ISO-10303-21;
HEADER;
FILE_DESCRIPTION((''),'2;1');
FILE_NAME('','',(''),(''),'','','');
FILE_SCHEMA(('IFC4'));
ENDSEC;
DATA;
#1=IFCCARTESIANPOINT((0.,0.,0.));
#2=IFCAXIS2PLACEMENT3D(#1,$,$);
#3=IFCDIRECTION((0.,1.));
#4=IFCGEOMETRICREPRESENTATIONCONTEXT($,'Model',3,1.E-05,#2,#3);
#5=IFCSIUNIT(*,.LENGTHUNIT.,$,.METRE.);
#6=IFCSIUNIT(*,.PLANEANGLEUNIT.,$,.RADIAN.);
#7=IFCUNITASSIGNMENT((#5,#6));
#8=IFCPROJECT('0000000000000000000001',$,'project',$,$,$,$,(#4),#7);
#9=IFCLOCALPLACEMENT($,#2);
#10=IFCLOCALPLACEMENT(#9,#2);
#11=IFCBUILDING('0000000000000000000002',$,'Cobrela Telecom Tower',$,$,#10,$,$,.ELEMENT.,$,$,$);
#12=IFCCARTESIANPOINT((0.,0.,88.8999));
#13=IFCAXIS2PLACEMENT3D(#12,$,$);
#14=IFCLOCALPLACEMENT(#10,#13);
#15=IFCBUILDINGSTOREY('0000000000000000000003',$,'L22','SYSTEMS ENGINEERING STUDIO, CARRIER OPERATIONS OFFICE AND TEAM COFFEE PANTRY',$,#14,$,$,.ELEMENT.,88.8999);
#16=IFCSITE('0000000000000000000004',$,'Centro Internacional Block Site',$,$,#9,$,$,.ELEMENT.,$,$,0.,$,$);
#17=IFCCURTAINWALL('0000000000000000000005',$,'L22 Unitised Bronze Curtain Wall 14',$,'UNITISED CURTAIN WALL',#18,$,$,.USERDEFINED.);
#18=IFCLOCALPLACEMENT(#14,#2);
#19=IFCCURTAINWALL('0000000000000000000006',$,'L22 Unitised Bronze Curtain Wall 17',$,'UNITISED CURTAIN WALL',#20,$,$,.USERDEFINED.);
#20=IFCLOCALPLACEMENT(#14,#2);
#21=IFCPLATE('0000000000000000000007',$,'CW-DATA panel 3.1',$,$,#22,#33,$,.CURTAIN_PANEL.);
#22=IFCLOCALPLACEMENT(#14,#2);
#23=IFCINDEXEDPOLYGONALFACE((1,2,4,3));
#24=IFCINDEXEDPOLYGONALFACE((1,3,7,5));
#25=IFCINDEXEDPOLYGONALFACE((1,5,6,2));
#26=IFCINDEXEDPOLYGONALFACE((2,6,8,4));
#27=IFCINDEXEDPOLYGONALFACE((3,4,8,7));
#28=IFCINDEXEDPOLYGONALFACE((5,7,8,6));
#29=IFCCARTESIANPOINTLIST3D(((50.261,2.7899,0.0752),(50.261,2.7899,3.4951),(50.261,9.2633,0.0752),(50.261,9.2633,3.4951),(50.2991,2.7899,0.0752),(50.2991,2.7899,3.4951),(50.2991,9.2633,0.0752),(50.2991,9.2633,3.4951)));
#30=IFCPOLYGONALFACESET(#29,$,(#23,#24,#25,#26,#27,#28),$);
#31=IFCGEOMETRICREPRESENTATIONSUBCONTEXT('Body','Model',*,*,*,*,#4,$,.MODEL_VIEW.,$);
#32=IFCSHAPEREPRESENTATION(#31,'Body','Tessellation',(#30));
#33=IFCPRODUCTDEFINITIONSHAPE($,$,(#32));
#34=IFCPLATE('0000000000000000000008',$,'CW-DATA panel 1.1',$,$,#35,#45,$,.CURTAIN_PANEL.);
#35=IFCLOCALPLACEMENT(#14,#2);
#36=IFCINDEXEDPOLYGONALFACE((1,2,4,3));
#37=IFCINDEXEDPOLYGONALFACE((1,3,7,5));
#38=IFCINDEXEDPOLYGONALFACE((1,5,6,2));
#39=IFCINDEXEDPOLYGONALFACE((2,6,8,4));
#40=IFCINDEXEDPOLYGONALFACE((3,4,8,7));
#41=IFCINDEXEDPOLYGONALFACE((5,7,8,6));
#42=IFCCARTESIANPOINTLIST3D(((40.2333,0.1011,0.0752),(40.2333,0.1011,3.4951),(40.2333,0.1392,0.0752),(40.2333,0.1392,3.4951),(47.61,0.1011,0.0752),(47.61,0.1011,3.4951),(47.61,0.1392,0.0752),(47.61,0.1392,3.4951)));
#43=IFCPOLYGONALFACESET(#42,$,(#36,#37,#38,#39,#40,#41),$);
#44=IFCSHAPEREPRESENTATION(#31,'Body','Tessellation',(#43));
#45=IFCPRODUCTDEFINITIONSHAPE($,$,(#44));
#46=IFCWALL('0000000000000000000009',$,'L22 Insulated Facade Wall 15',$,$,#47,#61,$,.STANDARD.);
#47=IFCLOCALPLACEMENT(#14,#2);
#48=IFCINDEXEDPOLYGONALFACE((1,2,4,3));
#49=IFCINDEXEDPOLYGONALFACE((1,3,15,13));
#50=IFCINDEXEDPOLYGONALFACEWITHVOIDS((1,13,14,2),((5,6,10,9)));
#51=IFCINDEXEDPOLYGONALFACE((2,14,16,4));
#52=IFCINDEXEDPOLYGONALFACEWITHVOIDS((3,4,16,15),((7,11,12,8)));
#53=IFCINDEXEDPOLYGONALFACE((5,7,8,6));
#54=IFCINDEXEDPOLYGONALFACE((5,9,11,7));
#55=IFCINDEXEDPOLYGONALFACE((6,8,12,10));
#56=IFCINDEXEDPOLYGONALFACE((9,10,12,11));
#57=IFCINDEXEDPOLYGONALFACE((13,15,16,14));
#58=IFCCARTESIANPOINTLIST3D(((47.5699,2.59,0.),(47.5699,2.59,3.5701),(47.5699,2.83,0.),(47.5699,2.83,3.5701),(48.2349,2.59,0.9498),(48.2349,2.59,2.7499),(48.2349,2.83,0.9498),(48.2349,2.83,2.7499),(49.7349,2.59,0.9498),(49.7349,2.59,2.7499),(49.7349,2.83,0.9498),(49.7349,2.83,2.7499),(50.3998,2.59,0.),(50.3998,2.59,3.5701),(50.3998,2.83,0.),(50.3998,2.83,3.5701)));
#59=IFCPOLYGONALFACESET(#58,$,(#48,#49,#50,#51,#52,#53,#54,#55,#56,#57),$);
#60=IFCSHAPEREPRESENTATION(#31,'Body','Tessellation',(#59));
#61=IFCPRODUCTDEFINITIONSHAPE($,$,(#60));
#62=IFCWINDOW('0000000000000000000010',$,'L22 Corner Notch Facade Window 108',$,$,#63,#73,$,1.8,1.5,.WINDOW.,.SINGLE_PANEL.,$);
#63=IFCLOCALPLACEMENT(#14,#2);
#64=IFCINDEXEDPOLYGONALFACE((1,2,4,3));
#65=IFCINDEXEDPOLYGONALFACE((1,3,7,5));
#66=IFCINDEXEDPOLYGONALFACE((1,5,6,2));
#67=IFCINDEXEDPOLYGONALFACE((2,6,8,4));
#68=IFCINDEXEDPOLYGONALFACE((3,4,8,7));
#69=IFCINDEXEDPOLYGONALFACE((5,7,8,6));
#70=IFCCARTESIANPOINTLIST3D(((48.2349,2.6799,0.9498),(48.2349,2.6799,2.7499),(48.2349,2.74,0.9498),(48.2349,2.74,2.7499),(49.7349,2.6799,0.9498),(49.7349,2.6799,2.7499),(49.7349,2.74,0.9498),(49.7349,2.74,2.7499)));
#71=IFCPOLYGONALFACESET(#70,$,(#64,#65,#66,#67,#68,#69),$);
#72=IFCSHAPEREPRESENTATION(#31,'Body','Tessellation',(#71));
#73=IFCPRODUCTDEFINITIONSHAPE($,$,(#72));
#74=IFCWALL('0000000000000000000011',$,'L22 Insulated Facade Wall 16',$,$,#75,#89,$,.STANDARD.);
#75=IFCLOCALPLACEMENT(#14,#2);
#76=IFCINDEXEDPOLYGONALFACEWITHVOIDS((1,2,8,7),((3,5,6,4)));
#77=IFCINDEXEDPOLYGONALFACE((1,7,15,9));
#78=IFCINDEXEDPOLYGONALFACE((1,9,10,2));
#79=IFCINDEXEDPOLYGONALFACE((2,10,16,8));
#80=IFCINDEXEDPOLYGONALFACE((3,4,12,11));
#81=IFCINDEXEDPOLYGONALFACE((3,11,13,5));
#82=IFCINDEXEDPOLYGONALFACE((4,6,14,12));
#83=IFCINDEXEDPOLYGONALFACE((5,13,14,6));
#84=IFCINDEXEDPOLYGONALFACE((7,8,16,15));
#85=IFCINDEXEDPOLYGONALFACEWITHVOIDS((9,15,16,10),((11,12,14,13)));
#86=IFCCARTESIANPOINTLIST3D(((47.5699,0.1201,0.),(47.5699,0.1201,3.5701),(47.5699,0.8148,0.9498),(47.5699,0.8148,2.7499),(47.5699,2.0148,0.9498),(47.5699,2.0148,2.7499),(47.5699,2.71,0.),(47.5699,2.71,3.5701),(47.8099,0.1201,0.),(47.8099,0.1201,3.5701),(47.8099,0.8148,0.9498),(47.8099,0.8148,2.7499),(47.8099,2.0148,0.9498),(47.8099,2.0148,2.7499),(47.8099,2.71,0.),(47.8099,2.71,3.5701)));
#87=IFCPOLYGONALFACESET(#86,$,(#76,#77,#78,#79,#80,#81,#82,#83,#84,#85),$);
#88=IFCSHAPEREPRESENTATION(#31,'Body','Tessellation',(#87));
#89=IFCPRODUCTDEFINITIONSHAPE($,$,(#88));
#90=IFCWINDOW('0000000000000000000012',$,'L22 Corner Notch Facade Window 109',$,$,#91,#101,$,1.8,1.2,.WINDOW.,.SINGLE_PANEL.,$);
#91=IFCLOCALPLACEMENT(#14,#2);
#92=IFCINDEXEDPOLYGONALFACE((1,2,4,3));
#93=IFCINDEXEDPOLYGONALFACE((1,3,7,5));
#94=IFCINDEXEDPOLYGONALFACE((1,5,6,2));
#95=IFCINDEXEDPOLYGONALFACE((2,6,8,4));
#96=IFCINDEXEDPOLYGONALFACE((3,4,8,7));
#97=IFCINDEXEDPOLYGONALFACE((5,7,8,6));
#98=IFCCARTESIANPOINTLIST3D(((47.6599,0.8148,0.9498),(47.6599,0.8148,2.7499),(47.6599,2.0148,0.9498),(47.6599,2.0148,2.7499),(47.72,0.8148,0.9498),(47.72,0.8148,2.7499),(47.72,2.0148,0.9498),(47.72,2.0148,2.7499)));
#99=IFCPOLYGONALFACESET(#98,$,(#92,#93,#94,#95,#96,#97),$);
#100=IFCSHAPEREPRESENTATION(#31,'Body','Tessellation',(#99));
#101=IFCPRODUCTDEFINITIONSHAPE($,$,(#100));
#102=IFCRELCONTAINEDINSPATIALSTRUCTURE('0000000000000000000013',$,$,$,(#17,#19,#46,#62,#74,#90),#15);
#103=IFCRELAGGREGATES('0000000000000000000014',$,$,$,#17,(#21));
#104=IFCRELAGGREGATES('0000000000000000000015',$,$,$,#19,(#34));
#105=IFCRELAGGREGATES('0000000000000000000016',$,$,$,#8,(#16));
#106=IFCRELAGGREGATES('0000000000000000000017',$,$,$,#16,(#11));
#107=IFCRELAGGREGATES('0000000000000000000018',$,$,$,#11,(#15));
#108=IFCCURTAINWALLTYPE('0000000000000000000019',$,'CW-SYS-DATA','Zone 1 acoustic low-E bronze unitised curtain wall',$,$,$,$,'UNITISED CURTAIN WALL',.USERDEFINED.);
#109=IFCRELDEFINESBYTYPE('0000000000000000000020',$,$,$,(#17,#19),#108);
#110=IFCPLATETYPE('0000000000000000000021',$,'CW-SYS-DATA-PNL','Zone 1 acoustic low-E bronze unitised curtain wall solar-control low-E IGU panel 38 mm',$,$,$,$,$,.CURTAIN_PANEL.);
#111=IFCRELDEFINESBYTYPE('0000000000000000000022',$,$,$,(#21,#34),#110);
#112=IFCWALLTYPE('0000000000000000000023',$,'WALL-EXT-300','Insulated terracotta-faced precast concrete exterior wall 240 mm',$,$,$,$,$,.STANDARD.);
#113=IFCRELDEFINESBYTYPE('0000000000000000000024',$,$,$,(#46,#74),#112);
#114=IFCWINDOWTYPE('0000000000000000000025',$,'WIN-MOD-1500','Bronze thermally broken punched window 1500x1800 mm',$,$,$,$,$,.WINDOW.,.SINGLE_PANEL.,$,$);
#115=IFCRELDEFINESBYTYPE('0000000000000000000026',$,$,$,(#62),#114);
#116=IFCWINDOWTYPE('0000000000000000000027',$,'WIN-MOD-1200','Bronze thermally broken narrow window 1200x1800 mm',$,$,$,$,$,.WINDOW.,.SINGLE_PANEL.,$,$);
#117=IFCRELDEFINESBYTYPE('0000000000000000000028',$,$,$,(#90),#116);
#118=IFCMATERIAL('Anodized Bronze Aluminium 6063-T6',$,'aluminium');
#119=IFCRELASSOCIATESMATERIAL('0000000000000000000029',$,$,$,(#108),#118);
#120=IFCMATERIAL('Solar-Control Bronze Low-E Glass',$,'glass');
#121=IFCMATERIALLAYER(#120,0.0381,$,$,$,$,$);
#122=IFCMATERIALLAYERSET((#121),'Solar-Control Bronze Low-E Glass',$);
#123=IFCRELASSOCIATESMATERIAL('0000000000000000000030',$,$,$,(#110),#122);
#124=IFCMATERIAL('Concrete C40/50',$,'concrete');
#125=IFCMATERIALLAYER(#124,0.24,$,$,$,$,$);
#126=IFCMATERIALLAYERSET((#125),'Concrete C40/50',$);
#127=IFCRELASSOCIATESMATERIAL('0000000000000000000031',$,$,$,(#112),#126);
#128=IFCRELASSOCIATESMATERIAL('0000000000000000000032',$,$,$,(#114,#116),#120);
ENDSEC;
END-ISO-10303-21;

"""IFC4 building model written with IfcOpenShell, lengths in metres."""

from ifc_helpers import new_model, si_unit, direction, frame, frame_2d, origin, origin_2d, place, context, subcontext, project, spatial, rectangle, extrude, material, layer, layer_set, type_object, element, fill, aggregate, save


model = new_model("IFC4")

# Units and contexts
model_context = context("Model", 3, precision=1e-05, world=origin(), true_north=direction((0.0, 1.0)))
body_context = subcontext(model_context, "Body", "Model", "MODEL_VIEW")
ifc_project = project(units=[si_unit("LENGTHUNIT", "METRE"), si_unit("PLANEANGLEUNIT", "RADIAN")], contexts=[model_context])

# Site, building, storey
site_placement = place(None, origin())
site = spatial("IfcSite", under=ifc_project, at=site_placement, Name="Centro Internacional Block Site", CompositionType="ELEMENT", RefElevation=0.0)
building_placement = place(site_placement, origin())
building = spatial("IfcBuilding", under=site, at=building_placement, Name="Cobrela Telecom Tower", CompositionType="ELEMENT")
storey_placement = place(building_placement, frame((0.0, 0.0, 88.8999)))
storey = spatial("IfcBuildingStorey", under=building, at=storey_placement, Name="L22", Description="SYSTEMS ENGINEERING STUDIO, CARRIER OPERATIONS OFFICE AND TEAM COFFEE PANTRY", CompositionType="ELEMENT", Elevation=88.8999)

# Curtain wall
ifc_material_1 = material(Name="Anodized Bronze Aluminium 6063-T6", Category="aluminium")
curtain_wall_type = type_object("IfcCurtainWallType", Name="CW-SYS-DATA", Description="Zone 1 acoustic low-E bronze unitised curtain wall", ElementType="UNITISED CURTAIN WALL", PredefinedType="USERDEFINED", material=ifc_material_1)
curtain_wall_1_placement = place(storey_placement, origin())
curtain_wall_1 = element("IfcCurtainWall", 1, at=curtain_wall_1_placement, inside=storey, type_object=curtain_wall_type, Name="L22 Unitised Bronze Curtain Wall 14", ObjectType="UNITISED CURTAIN WALL", PredefinedType="USERDEFINED")

# Curtain wall
curtain_wall_2_placement = place(storey_placement, origin())
curtain_wall_2 = element("IfcCurtainWall", 2, at=curtain_wall_2_placement, inside=storey, type_object=curtain_wall_type, Name="L22 Unitised Bronze Curtain Wall 17", ObjectType="UNITISED CURTAIN WALL", PredefinedType="USERDEFINED")

# Plates
ifc_material_2 = material(Name="Solar-Control Bronze Low-E Glass", Category="glass")
ifc_layer_1 = layer(ifc_material_2, 0.0381)
ifc_layer_set_1 = layer_set([ifc_layer_1], Name="Solar-Control Bronze Low-E Glass")
plate_type = type_object("IfcPlateType", Name="CW-SYS-DATA-PNL", Description="Zone 1 acoustic low-E bronze unitised curtain wall solar-control low-E IGU panel 38 mm", PredefinedType="CURTAIN_PANEL", material=ifc_layer_set_1)
plate_1_placement = place(storey_placement, frame((50.28, 6.0266, 0.0752), z_axis=(0.0, 0.0, 1.0), x_axis=(0.0, -1.0, 0.0)))
plate_1 = element("IfcPlate", 3, at=plate_1_placement, type_object=plate_type, Name="CW-DATA panel 3.1", PredefinedType="CURTAIN_PANEL", context=body_context, shape_type="SweptSolid", body=[
    extrude(rectangle(XDim=6.4734, YDim=0.0381, at=origin_2d()), origin(), (0.0, 0.0, 1.0), 3.4199),
])
aggregate(curtain_wall_1, [plate_1])
plate_2_placement = place(storey_placement, frame((43.9216, 0.1201, 0.0752), z_axis=(0.0, 0.0, 1.0), x_axis=(-1.0, 0.0, 0.0)))
plate_2 = element("IfcPlate", 4, at=plate_2_placement, type_object=plate_type, Name="CW-DATA panel 1.1", PredefinedType="CURTAIN_PANEL", context=body_context, shape_type="SweptSolid", body=[
    extrude(rectangle(XDim=7.3767, YDim=0.0381, at=origin_2d()), origin(), (0.0, 0.0, 1.0), 3.4199),
])
aggregate(curtain_wall_2, [plate_2])

# Walls, openings, windows
ifc_material_3 = material(Name="Concrete C40/50", Category="concrete")
ifc_layer_2 = layer(ifc_material_3, 0.24)
ifc_layer_set_2 = layer_set([ifc_layer_2], Name="Concrete C40/50")
wall_type = type_object("IfcWallType", Name="WALL-EXT-300", Description="Insulated terracotta-faced precast concrete exterior wall 240 mm", PredefinedType="STANDARD", material=ifc_layer_set_2)
wall_1_placement = place(storey_placement, frame((50.3999, 2.71, 0.0), z_axis=(0.0, 0.0, 1.0), x_axis=(-1.0, 0.0, 0.0)))
wall_1 = element("IfcWall", 5, at=wall_1_placement, inside=storey, type_object=wall_type, Name="L22 Insulated Facade Wall 15", PredefinedType="STANDARD", context=body_context, shape_type="SweptSolid", body=[
    extrude(rectangle(XDim=2.8298, YDim=0.24, at=frame_2d((1.415, 0.0))), origin(), (0.0, 0.0, 1.0), 3.5701),
])
opening_1_placement = place(wall_1_placement, frame((0.665, 0.0, 0.95)))
opening_1 = element("IfcOpeningElement", 6, at=opening_1_placement, cuts=wall_1, PredefinedType="OPENING", context=body_context, shape_type="SweptSolid", body=[
    extrude(rectangle(XDim=1.5, YDim=1.8, at=frame_2d((0.75, 0.8999))), frame((0.0, 0.1318, 0.0), z_axis=(0.0, -1.0, 0.0), x_axis=(1.0, 0.0, 0.0)), (0.0, 0.0, 1.0), 0.2639),
])
window_type_1 = type_object("IfcWindowType", Name="WIN-MOD-1500", Description="Bronze thermally broken punched window 1500x1800 mm", PartitioningType="SINGLE_PANEL", PredefinedType="WINDOW", material=ifc_material_2)
window_1_placement = place(opening_1_placement, origin())
window_1 = element("IfcWindow", 7, at=window_1_placement, inside=storey, type_object=window_type_1, Name="L22 Corner Notch Facade Window 108", OverallHeight=1.8, OverallWidth=1.5, PartitioningType="SINGLE_PANEL", PredefinedType="WINDOW", context=body_context, shape_type="SweptSolid", body=[
    extrude(rectangle(XDim=1.5, YDim=1.8, at=frame_2d((0.75, 0.8999))), frame((0.0, 0.03, 0.0), z_axis=(0.0, -1.0, 0.0), x_axis=(1.0, 0.0, 0.0)), (0.0, 0.0, 1.0), 0.0601),
])
fill(opening_1, window_1)
wall_2_placement = place(storey_placement, frame((47.6899, 2.71, 0.0), z_axis=(0.0, 0.0, 1.0), x_axis=(0.0, -1.0, 0.0)))
wall_2 = element("IfcWall", 8, at=wall_2_placement, inside=storey, type_object=wall_type, Name="L22 Insulated Facade Wall 16", PredefinedType="STANDARD", context=body_context, shape_type="SweptSolid", body=[
    extrude(rectangle(XDim=2.5898, YDim=0.24, at=frame_2d((1.2949, 0.0))), origin(), (0.0, 0.0, 1.0), 3.5701),
])
opening_2_placement = place(wall_2_placement, frame((0.6951, 0.0, 0.95)))
opening_2 = element("IfcOpeningElement", 9, at=opening_2_placement, cuts=wall_2, PredefinedType="OPENING", context=body_context, shape_type="SweptSolid", body=[
    extrude(rectangle(XDim=1.2, YDim=1.8, at=frame_2d((0.6001, 0.8999))), frame((0.0, 0.1318, 0.0), z_axis=(0.0, -1.0, 0.0), x_axis=(1.0, 0.0, 0.0)), (0.0, 0.0, 1.0), 0.2639),
])
window_type_2 = type_object("IfcWindowType", Name="WIN-MOD-1200", Description="Bronze thermally broken narrow window 1200x1800 mm", PartitioningType="SINGLE_PANEL", PredefinedType="WINDOW", material=ifc_material_2)
window_2_placement = place(opening_2_placement, origin())
window_2 = element("IfcWindow", 10, at=window_2_placement, inside=storey, type_object=window_type_2, Name="L22 Corner Notch Facade Window 109", OverallHeight=1.8, OverallWidth=1.2, PartitioningType="SINGLE_PANEL", PredefinedType="WINDOW", context=body_context, shape_type="SweptSolid", body=[
    extrude(rectangle(XDim=1.2, YDim=1.8, at=frame_2d((0.6001, 0.8999))), frame((0.0, 0.03, 0.0), z_axis=(0.0, -1.0, 0.0), x_axis=(1.0, 0.0, 0.0)), (0.0, 0.0, 1.0), 0.0601),
])
fill(opening_2, window_2)

save(model, "model.ifc")
